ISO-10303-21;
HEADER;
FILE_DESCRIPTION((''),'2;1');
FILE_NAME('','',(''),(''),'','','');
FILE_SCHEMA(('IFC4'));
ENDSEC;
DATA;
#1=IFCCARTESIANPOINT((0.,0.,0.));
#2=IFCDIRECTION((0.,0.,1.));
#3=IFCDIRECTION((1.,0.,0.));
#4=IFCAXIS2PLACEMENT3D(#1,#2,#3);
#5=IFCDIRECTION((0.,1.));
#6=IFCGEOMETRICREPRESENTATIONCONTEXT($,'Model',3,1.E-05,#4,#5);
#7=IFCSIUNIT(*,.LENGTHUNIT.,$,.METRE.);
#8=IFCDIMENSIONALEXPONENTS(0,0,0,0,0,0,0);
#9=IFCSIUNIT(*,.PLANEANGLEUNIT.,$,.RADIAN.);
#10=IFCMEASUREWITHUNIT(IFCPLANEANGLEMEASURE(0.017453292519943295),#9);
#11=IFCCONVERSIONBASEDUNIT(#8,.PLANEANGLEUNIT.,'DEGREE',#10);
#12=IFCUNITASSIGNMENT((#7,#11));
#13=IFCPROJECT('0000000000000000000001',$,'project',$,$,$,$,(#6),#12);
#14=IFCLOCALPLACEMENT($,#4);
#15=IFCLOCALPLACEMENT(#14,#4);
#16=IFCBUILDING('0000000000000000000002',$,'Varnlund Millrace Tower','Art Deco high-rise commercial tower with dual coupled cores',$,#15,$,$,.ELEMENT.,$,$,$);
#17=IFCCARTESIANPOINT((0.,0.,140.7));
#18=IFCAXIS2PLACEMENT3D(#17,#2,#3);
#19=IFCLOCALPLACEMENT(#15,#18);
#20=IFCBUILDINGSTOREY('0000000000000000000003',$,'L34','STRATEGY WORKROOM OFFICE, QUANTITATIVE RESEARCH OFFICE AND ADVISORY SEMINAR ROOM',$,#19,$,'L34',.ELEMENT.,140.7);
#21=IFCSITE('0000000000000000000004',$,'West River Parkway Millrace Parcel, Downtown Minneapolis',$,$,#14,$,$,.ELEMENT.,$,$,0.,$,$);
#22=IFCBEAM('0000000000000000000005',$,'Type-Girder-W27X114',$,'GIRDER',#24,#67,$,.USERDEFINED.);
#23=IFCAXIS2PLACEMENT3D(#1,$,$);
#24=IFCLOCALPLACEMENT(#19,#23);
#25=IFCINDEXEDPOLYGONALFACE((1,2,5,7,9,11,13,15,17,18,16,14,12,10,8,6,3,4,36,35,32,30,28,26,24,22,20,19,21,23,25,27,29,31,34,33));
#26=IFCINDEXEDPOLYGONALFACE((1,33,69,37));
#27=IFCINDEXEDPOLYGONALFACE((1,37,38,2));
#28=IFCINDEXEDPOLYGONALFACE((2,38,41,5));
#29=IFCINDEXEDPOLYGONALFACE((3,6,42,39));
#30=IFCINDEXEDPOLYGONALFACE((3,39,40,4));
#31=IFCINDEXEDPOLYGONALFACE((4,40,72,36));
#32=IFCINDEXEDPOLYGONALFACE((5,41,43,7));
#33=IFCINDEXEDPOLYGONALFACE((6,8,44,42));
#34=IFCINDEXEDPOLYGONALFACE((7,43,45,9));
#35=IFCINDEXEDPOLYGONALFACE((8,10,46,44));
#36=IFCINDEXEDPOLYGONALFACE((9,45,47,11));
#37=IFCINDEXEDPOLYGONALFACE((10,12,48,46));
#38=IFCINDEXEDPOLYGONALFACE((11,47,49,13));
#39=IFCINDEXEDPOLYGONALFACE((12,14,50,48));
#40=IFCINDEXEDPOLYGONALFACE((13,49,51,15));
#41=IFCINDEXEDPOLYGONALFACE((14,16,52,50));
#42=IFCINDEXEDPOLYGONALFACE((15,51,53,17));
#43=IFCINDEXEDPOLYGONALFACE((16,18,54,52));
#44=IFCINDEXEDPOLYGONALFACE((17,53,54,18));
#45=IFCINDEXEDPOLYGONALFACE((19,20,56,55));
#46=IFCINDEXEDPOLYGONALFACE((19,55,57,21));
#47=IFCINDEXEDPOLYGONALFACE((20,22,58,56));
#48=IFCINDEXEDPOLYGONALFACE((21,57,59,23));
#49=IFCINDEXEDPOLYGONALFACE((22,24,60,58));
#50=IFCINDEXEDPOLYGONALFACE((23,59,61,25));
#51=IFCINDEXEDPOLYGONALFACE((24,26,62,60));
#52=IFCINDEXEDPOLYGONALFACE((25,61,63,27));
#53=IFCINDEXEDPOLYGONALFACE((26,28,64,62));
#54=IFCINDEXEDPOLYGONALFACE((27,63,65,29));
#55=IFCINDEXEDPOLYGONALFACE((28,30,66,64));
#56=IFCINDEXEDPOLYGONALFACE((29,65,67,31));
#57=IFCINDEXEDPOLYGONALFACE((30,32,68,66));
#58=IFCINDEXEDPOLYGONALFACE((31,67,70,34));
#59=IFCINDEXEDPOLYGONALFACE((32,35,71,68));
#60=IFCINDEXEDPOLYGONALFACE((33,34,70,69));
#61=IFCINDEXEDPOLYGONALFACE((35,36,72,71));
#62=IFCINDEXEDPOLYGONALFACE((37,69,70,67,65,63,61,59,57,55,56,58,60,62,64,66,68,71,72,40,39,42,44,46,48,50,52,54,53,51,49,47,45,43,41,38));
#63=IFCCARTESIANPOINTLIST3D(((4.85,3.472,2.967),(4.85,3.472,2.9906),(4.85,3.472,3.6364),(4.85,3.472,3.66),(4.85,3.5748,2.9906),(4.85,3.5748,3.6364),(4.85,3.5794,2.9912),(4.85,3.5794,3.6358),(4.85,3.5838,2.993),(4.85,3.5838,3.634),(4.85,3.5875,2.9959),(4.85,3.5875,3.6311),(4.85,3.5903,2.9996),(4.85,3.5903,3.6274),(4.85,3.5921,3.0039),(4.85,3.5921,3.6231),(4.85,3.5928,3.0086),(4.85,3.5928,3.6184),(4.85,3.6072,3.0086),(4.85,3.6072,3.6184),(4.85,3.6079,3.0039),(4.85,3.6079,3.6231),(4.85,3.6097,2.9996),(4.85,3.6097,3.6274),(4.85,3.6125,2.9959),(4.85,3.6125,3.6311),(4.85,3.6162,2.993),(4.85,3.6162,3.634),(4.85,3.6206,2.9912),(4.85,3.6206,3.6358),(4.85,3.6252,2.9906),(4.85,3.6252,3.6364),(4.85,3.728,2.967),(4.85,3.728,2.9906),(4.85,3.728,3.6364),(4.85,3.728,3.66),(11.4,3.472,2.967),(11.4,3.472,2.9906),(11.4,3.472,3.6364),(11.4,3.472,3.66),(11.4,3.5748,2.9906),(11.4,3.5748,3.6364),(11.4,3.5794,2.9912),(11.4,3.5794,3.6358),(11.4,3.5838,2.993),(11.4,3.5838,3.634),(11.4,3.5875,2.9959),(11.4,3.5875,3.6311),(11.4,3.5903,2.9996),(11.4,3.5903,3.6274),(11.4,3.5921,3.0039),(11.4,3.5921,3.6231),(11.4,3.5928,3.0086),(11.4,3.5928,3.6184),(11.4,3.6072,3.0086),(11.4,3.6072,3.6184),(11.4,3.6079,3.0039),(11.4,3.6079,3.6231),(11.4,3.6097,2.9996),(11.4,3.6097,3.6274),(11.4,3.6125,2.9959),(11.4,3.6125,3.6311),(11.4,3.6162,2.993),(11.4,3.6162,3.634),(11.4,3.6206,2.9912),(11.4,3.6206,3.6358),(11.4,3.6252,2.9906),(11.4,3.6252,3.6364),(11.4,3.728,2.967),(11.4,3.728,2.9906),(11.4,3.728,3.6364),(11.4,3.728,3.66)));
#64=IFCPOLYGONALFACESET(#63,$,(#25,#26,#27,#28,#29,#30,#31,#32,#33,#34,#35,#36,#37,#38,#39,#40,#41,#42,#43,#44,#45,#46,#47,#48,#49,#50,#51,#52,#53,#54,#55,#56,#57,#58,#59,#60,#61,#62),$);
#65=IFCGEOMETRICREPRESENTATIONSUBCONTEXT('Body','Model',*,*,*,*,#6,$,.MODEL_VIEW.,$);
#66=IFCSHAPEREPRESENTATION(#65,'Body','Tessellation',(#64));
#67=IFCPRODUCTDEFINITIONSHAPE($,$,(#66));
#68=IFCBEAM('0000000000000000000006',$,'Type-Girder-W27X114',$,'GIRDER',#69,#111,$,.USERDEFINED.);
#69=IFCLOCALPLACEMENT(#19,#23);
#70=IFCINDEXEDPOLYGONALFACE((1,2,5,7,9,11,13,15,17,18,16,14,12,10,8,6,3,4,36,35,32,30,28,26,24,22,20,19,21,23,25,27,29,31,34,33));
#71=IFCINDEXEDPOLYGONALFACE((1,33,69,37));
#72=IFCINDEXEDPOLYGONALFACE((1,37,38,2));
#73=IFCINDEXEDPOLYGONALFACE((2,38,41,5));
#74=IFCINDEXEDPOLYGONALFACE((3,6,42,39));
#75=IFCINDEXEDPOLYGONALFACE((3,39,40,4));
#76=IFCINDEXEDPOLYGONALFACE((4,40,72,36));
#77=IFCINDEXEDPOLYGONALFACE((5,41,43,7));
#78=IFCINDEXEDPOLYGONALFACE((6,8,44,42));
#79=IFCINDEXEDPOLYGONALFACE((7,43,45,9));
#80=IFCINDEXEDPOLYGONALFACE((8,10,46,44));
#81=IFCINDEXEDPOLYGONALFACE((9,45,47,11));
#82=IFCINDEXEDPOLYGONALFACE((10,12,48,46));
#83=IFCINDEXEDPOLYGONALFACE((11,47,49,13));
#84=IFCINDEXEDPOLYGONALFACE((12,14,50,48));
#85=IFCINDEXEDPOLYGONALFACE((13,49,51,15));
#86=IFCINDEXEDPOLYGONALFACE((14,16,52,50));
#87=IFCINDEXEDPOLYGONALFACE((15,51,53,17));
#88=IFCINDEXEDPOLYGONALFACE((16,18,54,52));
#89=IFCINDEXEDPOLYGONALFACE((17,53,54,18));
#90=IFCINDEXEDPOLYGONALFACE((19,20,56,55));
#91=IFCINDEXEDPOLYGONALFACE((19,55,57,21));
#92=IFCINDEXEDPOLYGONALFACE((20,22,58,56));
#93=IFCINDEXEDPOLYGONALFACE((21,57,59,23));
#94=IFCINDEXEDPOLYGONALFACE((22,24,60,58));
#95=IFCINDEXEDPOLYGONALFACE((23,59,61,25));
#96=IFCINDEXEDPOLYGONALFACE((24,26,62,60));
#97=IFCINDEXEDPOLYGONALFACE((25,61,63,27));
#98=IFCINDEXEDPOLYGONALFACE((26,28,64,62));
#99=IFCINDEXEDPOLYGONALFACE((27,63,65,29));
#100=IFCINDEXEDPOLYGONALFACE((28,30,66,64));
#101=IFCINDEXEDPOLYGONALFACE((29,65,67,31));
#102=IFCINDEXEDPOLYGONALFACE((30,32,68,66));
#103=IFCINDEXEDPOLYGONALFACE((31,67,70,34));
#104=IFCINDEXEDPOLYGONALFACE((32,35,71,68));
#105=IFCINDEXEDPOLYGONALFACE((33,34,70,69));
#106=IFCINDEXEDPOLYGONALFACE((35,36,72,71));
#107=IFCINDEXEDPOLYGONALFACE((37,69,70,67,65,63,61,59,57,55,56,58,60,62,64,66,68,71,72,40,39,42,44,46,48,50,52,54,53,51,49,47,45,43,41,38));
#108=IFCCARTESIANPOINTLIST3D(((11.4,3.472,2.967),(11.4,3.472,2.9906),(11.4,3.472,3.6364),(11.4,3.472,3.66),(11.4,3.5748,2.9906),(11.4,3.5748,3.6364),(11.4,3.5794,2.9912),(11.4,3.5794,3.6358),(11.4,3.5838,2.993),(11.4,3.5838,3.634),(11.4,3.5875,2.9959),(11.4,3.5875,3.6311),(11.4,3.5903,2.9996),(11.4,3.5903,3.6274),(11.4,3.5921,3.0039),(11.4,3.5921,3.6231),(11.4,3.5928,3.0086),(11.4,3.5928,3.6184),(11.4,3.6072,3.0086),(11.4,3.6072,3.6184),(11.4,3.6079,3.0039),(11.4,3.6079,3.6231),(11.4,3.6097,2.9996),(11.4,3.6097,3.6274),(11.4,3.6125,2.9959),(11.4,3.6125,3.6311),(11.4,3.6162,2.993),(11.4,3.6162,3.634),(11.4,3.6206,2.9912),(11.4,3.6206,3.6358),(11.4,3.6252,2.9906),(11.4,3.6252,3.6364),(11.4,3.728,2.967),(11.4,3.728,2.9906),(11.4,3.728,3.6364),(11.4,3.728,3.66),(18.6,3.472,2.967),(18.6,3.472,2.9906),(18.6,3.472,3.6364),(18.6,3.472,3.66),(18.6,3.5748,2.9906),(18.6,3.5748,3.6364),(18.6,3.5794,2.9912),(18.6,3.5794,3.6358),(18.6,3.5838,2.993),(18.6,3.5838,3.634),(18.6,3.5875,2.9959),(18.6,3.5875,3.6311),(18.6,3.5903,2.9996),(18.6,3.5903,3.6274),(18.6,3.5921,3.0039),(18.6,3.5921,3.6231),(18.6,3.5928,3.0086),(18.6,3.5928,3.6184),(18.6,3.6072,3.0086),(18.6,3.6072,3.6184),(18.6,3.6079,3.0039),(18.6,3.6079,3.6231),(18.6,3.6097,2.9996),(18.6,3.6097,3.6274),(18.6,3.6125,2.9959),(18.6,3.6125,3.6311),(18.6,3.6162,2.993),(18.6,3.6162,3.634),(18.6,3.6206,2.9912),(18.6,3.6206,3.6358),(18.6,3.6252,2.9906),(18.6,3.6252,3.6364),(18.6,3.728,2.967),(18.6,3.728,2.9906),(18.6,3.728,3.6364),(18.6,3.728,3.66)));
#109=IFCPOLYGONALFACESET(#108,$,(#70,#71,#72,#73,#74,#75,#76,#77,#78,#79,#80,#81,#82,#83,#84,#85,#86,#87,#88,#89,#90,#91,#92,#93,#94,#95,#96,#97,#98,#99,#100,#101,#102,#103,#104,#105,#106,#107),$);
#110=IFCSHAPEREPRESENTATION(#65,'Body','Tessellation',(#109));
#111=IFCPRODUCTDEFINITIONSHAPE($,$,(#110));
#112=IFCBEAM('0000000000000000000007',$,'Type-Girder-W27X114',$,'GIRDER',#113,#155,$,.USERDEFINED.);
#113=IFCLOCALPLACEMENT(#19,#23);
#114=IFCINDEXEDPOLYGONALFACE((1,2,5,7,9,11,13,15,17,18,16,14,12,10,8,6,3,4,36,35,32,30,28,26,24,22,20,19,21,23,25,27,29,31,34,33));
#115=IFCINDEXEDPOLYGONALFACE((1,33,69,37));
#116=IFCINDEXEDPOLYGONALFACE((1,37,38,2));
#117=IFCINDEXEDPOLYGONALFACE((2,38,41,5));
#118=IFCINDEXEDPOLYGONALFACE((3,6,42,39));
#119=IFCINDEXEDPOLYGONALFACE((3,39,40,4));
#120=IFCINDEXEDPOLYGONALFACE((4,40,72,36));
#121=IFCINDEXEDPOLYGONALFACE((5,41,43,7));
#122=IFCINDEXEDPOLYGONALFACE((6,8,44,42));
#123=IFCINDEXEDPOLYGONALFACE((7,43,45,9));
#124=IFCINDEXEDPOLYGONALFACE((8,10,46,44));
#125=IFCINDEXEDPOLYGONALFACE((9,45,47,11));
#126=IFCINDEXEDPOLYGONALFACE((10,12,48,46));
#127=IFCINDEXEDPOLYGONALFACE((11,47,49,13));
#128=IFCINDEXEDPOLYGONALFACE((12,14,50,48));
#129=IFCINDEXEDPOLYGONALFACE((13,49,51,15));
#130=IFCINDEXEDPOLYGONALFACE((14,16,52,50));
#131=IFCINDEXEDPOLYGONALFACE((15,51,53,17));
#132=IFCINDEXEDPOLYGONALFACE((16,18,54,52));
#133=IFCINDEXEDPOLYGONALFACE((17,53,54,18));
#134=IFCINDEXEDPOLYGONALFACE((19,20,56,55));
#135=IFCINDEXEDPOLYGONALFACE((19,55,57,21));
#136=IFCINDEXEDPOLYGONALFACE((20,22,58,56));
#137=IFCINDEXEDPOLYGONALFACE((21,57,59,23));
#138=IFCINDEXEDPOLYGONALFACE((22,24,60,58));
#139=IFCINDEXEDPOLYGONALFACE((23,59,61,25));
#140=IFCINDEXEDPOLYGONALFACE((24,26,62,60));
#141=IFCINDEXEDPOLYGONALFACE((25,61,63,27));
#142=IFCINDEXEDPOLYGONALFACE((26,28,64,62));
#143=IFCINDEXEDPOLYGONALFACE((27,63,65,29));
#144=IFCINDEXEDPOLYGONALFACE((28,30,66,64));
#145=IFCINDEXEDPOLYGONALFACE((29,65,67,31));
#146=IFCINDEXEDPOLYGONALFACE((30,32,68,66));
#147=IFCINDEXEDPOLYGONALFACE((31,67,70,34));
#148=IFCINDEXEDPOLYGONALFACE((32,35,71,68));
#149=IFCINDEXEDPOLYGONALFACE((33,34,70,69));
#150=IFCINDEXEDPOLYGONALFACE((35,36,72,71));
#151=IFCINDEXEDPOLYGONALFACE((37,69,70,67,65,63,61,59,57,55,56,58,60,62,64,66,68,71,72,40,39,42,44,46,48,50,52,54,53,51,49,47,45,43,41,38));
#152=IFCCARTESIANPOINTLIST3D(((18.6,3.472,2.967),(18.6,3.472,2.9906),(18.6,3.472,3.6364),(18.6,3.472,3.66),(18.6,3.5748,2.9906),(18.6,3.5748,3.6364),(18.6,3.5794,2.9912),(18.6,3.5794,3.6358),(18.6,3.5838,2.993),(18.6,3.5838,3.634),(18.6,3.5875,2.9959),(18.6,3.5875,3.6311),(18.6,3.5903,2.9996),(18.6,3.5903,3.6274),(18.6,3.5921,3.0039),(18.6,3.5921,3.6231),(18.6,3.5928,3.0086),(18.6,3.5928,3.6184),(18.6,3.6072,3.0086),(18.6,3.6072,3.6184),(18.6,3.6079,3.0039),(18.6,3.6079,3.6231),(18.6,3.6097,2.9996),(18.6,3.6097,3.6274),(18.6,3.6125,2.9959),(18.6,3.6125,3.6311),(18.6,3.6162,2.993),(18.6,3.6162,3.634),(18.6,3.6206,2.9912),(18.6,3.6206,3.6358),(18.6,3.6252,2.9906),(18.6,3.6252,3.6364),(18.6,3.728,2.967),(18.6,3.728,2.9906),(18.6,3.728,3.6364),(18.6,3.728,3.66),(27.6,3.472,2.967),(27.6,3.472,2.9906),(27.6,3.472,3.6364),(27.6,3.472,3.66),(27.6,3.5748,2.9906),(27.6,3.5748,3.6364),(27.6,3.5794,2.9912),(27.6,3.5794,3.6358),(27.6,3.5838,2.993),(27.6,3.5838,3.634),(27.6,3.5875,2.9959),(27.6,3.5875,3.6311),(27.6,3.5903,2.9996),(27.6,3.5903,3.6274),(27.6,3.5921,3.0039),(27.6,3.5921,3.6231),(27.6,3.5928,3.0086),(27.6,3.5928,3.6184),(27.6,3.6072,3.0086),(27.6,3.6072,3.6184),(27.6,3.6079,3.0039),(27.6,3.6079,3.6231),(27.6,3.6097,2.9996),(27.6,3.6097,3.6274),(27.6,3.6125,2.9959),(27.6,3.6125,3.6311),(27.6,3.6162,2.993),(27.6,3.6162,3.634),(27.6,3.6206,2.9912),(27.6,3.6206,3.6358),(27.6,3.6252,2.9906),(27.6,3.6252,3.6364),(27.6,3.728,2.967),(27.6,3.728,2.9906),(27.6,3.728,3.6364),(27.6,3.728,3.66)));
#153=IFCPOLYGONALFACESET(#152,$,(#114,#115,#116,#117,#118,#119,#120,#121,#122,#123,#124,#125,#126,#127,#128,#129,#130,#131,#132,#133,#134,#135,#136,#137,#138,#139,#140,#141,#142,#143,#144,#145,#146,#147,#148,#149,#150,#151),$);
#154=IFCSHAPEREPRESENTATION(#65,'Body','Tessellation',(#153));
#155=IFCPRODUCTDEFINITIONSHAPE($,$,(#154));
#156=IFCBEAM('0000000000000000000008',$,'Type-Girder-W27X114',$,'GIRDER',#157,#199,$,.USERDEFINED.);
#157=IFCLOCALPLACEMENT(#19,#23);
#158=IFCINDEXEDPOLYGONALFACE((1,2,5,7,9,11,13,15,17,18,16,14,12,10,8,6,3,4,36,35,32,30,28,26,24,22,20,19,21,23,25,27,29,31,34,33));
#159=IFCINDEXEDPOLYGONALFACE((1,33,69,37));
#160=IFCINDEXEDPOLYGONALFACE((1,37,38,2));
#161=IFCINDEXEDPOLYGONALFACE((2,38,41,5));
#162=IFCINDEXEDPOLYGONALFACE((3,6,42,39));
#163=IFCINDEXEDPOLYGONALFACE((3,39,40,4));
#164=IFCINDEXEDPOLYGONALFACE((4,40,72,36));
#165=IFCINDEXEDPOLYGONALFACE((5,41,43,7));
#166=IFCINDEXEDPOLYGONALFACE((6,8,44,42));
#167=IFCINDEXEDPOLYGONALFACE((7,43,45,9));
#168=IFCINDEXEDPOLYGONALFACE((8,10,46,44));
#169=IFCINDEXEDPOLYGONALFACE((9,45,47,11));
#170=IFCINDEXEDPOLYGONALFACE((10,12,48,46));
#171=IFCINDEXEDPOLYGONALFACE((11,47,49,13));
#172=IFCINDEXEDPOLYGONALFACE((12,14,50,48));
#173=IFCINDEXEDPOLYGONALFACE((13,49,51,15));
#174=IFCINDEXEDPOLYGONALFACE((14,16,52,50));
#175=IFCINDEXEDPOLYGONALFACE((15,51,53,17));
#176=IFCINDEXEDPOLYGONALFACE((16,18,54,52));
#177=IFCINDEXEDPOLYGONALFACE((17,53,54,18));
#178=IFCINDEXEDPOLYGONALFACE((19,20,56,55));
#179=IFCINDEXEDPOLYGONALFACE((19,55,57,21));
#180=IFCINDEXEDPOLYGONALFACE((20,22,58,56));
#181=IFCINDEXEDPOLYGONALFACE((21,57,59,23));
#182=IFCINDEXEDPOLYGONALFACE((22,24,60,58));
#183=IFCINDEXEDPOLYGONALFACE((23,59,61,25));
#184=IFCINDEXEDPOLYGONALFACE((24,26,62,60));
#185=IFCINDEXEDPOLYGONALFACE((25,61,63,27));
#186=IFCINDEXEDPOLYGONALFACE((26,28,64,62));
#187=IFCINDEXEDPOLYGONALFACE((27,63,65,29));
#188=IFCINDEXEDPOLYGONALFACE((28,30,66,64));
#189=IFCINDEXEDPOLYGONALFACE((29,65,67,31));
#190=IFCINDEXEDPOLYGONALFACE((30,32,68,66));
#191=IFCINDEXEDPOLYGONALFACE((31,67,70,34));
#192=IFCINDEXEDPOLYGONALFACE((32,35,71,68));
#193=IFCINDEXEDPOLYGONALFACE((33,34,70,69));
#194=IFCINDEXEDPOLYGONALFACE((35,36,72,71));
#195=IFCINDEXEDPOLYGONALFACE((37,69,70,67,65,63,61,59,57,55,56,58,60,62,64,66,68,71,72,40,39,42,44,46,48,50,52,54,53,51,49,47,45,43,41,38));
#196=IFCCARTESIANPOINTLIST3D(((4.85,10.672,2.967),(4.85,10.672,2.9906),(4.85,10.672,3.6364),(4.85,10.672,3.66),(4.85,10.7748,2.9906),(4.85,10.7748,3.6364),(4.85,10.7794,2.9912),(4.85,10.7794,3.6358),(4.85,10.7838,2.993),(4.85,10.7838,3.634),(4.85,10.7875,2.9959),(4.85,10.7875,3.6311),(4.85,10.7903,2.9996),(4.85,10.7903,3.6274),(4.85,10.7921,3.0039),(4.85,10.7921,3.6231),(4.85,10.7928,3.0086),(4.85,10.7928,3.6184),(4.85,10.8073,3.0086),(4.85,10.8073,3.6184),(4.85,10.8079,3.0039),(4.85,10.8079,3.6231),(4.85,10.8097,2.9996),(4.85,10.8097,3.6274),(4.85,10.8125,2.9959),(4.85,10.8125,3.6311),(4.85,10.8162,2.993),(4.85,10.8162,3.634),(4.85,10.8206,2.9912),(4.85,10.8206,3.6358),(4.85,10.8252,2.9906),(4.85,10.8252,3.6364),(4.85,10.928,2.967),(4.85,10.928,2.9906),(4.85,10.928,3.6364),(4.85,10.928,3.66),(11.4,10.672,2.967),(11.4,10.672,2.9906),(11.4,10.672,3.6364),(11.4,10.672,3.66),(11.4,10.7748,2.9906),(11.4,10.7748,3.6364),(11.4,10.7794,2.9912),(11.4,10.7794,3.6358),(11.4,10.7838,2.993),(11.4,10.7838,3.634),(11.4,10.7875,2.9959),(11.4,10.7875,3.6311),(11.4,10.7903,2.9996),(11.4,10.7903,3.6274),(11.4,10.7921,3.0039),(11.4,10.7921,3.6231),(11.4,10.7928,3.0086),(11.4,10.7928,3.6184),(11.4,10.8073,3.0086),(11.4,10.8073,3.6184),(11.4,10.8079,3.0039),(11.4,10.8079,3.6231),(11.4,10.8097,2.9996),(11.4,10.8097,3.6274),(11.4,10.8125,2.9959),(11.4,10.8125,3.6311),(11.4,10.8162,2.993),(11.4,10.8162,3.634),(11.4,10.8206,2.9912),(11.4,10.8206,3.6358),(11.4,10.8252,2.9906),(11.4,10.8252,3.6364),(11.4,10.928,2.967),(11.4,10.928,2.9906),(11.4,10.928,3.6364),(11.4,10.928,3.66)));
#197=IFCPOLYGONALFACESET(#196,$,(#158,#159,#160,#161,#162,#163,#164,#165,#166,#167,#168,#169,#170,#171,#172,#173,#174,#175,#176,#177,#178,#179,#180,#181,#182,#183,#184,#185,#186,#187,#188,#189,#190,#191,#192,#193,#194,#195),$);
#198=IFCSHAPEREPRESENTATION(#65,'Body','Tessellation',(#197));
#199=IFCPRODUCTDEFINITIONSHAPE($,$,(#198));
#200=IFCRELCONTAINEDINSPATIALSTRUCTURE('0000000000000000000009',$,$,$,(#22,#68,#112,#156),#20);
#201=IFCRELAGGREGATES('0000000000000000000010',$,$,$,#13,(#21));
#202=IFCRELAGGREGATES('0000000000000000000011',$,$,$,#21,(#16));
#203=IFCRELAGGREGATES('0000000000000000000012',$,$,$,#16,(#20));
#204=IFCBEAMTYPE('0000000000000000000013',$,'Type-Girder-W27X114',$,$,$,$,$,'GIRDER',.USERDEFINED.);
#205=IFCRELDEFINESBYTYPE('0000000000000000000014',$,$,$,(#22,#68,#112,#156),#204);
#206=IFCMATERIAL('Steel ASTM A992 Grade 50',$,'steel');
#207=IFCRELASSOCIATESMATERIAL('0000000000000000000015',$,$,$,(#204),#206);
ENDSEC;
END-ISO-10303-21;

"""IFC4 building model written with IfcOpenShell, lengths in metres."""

from ifc_helpers import new_model, entity, si_unit, converted_unit, direction, frame, origin_with_axes, origin_2d_with_axis, place, context, subcontext, project, spatial, i_section, extrude, material, material_profile, profile_set, type_object, element, save


model = new_model("IFC4")

# Units and contexts
model_context = context("Model", 3, precision=1e-05, world=origin_with_axes(), true_north=direction((0.0, 1.0)))
body_context = subcontext(model_context, "Body", "Model", "MODEL_VIEW")
ifc_project = project(units=[si_unit("LENGTHUNIT", "METRE"), converted_unit("PLANEANGLEUNIT", "DEGREE", entity("IfcPlaneAngleMeasure", 0.017453292519943295), si_unit("PLANEANGLEUNIT", "RADIAN"), dimensions=[0, 0, 0, 0, 0, 0, 0])], contexts=[model_context])

# Site, building, storey
site_placement = place(None, origin_with_axes())
site = spatial("IfcSite", under=ifc_project, at=site_placement, Name="West River Parkway Millrace Parcel, Downtown Minneapolis", CompositionType="ELEMENT", RefElevation=0.0)
building_placement = place(site_placement, origin_with_axes())
building = spatial("IfcBuilding", under=site, at=building_placement, Name="Varnlund Millrace Tower", Description="Art Deco high-rise commercial tower with dual coupled cores", CompositionType="ELEMENT")
storey_placement = place(building_placement, frame((0.0, 0.0, 140.7), z_axis=(0.0, 0.0, 1.0), x_axis=(1.0, 0.0, 0.0)))
storey = spatial("IfcBuildingStorey", under=building, at=storey_placement, Name="L34", Description="STRATEGY WORKROOM OFFICE, QUANTITATIVE RESEARCH OFFICE AND ADVISORY SEMINAR ROOM", LongName="L34", CompositionType="ELEMENT", Elevation=140.7)

# Beams
ifc_material_1 = material(Name="Steel ASTM A992 Grade 50", Category="steel")
ifc_material_profile_1 = material_profile(ifc_material_1, i_section(OverallWidth=0.256, OverallDepth=0.693, WebThickness=0.0145, FlangeThickness=0.0236, FilletRadius=0.018, at=origin_2d_with_axis()), Name="Steel ASTM A992 Grade 50")
ifc_profile_set_1 = profile_set([ifc_material_profile_1], Name="Steel ASTM A992 Grade 50")
beam_type_1 = type_object("IfcBeamType", Name="Type-Girder-W27X114", ElementType="GIRDER", PredefinedType="USERDEFINED", material=ifc_profile_set_1)
beam_1_placement = place(storey_placement, frame((4.85, 3.6, 3.3135), z_axis=(1.0, 0.0, 0.0), x_axis=(0.0, 1.0, 0.0)))
element("IfcBeam", 1, at=beam_1_placement, inside=storey, type_object=beam_type_1, Name="Type-Girder-W27X114", ObjectType="GIRDER", PredefinedType="USERDEFINED", context=body_context, shape_type="SweptSolid", body=[
    extrude(i_section(OverallWidth=0.256, OverallDepth=0.693, WebThickness=0.0145, FlangeThickness=0.0236, FilletRadius=0.018, at=origin_2d_with_axis()), origin_with_axes(), (0.0, 0.0, 1.0), 6.55),
])
beam_2_placement = place(storey_placement, frame((11.4, 3.6, 3.3135), z_axis=(1.0, 0.0, 0.0), x_axis=(0.0, 1.0, 0.0)))
element("IfcBeam", 2, at=beam_2_placement, inside=storey, type_object=beam_type_1, Name="Type-Girder-W27X114", ObjectType="GIRDER", PredefinedType="USERDEFINED", context=body_context, shape_type="SweptSolid", body=[
    extrude(i_section(OverallWidth=0.256, OverallDepth=0.693, WebThickness=0.0145, FlangeThickness=0.0236, FilletRadius=0.018, at=origin_2d_with_axis()), origin_with_axes(), (0.0, 0.0, 1.0), 7.2),
])
beam_3_placement = place(storey_placement, frame((18.6, 3.6, 3.3135), z_axis=(1.0, 0.0, 0.0), x_axis=(0.0, 1.0, 0.0)))
element("IfcBeam", 3, at=beam_3_placement, inside=storey, type_object=beam_type_1, Name="Type-Girder-W27X114", ObjectType="GIRDER", PredefinedType="USERDEFINED", context=body_context, shape_type="SweptSolid", body=[
    extrude(i_section(OverallWidth=0.256, OverallDepth=0.693, WebThickness=0.0145, FlangeThickness=0.0236, FilletRadius=0.018, at=origin_2d_with_axis()), origin_with_axes(), (0.0, 0.0, 1.0), 9.0),
])
beam_4_placement = place(storey_placement, frame((4.85, 10.8, 3.3135), z_axis=(1.0, 0.0, 0.0), x_axis=(0.0, 1.0, 0.0)))
element("IfcBeam", 4, at=beam_4_placement, inside=storey, type_object=beam_type_1, Name="Type-Girder-W27X114", ObjectType="GIRDER", PredefinedType="USERDEFINED", context=body_context, shape_type="SweptSolid", body=[
    extrude(i_section(OverallWidth=0.256, OverallDepth=0.693, WebThickness=0.0145, FlangeThickness=0.0236, FilletRadius=0.018, at=origin_2d_with_axis()), origin_with_axes(), (0.0, 0.0, 1.0), 6.55),
])

save(model, "model.ifc")
